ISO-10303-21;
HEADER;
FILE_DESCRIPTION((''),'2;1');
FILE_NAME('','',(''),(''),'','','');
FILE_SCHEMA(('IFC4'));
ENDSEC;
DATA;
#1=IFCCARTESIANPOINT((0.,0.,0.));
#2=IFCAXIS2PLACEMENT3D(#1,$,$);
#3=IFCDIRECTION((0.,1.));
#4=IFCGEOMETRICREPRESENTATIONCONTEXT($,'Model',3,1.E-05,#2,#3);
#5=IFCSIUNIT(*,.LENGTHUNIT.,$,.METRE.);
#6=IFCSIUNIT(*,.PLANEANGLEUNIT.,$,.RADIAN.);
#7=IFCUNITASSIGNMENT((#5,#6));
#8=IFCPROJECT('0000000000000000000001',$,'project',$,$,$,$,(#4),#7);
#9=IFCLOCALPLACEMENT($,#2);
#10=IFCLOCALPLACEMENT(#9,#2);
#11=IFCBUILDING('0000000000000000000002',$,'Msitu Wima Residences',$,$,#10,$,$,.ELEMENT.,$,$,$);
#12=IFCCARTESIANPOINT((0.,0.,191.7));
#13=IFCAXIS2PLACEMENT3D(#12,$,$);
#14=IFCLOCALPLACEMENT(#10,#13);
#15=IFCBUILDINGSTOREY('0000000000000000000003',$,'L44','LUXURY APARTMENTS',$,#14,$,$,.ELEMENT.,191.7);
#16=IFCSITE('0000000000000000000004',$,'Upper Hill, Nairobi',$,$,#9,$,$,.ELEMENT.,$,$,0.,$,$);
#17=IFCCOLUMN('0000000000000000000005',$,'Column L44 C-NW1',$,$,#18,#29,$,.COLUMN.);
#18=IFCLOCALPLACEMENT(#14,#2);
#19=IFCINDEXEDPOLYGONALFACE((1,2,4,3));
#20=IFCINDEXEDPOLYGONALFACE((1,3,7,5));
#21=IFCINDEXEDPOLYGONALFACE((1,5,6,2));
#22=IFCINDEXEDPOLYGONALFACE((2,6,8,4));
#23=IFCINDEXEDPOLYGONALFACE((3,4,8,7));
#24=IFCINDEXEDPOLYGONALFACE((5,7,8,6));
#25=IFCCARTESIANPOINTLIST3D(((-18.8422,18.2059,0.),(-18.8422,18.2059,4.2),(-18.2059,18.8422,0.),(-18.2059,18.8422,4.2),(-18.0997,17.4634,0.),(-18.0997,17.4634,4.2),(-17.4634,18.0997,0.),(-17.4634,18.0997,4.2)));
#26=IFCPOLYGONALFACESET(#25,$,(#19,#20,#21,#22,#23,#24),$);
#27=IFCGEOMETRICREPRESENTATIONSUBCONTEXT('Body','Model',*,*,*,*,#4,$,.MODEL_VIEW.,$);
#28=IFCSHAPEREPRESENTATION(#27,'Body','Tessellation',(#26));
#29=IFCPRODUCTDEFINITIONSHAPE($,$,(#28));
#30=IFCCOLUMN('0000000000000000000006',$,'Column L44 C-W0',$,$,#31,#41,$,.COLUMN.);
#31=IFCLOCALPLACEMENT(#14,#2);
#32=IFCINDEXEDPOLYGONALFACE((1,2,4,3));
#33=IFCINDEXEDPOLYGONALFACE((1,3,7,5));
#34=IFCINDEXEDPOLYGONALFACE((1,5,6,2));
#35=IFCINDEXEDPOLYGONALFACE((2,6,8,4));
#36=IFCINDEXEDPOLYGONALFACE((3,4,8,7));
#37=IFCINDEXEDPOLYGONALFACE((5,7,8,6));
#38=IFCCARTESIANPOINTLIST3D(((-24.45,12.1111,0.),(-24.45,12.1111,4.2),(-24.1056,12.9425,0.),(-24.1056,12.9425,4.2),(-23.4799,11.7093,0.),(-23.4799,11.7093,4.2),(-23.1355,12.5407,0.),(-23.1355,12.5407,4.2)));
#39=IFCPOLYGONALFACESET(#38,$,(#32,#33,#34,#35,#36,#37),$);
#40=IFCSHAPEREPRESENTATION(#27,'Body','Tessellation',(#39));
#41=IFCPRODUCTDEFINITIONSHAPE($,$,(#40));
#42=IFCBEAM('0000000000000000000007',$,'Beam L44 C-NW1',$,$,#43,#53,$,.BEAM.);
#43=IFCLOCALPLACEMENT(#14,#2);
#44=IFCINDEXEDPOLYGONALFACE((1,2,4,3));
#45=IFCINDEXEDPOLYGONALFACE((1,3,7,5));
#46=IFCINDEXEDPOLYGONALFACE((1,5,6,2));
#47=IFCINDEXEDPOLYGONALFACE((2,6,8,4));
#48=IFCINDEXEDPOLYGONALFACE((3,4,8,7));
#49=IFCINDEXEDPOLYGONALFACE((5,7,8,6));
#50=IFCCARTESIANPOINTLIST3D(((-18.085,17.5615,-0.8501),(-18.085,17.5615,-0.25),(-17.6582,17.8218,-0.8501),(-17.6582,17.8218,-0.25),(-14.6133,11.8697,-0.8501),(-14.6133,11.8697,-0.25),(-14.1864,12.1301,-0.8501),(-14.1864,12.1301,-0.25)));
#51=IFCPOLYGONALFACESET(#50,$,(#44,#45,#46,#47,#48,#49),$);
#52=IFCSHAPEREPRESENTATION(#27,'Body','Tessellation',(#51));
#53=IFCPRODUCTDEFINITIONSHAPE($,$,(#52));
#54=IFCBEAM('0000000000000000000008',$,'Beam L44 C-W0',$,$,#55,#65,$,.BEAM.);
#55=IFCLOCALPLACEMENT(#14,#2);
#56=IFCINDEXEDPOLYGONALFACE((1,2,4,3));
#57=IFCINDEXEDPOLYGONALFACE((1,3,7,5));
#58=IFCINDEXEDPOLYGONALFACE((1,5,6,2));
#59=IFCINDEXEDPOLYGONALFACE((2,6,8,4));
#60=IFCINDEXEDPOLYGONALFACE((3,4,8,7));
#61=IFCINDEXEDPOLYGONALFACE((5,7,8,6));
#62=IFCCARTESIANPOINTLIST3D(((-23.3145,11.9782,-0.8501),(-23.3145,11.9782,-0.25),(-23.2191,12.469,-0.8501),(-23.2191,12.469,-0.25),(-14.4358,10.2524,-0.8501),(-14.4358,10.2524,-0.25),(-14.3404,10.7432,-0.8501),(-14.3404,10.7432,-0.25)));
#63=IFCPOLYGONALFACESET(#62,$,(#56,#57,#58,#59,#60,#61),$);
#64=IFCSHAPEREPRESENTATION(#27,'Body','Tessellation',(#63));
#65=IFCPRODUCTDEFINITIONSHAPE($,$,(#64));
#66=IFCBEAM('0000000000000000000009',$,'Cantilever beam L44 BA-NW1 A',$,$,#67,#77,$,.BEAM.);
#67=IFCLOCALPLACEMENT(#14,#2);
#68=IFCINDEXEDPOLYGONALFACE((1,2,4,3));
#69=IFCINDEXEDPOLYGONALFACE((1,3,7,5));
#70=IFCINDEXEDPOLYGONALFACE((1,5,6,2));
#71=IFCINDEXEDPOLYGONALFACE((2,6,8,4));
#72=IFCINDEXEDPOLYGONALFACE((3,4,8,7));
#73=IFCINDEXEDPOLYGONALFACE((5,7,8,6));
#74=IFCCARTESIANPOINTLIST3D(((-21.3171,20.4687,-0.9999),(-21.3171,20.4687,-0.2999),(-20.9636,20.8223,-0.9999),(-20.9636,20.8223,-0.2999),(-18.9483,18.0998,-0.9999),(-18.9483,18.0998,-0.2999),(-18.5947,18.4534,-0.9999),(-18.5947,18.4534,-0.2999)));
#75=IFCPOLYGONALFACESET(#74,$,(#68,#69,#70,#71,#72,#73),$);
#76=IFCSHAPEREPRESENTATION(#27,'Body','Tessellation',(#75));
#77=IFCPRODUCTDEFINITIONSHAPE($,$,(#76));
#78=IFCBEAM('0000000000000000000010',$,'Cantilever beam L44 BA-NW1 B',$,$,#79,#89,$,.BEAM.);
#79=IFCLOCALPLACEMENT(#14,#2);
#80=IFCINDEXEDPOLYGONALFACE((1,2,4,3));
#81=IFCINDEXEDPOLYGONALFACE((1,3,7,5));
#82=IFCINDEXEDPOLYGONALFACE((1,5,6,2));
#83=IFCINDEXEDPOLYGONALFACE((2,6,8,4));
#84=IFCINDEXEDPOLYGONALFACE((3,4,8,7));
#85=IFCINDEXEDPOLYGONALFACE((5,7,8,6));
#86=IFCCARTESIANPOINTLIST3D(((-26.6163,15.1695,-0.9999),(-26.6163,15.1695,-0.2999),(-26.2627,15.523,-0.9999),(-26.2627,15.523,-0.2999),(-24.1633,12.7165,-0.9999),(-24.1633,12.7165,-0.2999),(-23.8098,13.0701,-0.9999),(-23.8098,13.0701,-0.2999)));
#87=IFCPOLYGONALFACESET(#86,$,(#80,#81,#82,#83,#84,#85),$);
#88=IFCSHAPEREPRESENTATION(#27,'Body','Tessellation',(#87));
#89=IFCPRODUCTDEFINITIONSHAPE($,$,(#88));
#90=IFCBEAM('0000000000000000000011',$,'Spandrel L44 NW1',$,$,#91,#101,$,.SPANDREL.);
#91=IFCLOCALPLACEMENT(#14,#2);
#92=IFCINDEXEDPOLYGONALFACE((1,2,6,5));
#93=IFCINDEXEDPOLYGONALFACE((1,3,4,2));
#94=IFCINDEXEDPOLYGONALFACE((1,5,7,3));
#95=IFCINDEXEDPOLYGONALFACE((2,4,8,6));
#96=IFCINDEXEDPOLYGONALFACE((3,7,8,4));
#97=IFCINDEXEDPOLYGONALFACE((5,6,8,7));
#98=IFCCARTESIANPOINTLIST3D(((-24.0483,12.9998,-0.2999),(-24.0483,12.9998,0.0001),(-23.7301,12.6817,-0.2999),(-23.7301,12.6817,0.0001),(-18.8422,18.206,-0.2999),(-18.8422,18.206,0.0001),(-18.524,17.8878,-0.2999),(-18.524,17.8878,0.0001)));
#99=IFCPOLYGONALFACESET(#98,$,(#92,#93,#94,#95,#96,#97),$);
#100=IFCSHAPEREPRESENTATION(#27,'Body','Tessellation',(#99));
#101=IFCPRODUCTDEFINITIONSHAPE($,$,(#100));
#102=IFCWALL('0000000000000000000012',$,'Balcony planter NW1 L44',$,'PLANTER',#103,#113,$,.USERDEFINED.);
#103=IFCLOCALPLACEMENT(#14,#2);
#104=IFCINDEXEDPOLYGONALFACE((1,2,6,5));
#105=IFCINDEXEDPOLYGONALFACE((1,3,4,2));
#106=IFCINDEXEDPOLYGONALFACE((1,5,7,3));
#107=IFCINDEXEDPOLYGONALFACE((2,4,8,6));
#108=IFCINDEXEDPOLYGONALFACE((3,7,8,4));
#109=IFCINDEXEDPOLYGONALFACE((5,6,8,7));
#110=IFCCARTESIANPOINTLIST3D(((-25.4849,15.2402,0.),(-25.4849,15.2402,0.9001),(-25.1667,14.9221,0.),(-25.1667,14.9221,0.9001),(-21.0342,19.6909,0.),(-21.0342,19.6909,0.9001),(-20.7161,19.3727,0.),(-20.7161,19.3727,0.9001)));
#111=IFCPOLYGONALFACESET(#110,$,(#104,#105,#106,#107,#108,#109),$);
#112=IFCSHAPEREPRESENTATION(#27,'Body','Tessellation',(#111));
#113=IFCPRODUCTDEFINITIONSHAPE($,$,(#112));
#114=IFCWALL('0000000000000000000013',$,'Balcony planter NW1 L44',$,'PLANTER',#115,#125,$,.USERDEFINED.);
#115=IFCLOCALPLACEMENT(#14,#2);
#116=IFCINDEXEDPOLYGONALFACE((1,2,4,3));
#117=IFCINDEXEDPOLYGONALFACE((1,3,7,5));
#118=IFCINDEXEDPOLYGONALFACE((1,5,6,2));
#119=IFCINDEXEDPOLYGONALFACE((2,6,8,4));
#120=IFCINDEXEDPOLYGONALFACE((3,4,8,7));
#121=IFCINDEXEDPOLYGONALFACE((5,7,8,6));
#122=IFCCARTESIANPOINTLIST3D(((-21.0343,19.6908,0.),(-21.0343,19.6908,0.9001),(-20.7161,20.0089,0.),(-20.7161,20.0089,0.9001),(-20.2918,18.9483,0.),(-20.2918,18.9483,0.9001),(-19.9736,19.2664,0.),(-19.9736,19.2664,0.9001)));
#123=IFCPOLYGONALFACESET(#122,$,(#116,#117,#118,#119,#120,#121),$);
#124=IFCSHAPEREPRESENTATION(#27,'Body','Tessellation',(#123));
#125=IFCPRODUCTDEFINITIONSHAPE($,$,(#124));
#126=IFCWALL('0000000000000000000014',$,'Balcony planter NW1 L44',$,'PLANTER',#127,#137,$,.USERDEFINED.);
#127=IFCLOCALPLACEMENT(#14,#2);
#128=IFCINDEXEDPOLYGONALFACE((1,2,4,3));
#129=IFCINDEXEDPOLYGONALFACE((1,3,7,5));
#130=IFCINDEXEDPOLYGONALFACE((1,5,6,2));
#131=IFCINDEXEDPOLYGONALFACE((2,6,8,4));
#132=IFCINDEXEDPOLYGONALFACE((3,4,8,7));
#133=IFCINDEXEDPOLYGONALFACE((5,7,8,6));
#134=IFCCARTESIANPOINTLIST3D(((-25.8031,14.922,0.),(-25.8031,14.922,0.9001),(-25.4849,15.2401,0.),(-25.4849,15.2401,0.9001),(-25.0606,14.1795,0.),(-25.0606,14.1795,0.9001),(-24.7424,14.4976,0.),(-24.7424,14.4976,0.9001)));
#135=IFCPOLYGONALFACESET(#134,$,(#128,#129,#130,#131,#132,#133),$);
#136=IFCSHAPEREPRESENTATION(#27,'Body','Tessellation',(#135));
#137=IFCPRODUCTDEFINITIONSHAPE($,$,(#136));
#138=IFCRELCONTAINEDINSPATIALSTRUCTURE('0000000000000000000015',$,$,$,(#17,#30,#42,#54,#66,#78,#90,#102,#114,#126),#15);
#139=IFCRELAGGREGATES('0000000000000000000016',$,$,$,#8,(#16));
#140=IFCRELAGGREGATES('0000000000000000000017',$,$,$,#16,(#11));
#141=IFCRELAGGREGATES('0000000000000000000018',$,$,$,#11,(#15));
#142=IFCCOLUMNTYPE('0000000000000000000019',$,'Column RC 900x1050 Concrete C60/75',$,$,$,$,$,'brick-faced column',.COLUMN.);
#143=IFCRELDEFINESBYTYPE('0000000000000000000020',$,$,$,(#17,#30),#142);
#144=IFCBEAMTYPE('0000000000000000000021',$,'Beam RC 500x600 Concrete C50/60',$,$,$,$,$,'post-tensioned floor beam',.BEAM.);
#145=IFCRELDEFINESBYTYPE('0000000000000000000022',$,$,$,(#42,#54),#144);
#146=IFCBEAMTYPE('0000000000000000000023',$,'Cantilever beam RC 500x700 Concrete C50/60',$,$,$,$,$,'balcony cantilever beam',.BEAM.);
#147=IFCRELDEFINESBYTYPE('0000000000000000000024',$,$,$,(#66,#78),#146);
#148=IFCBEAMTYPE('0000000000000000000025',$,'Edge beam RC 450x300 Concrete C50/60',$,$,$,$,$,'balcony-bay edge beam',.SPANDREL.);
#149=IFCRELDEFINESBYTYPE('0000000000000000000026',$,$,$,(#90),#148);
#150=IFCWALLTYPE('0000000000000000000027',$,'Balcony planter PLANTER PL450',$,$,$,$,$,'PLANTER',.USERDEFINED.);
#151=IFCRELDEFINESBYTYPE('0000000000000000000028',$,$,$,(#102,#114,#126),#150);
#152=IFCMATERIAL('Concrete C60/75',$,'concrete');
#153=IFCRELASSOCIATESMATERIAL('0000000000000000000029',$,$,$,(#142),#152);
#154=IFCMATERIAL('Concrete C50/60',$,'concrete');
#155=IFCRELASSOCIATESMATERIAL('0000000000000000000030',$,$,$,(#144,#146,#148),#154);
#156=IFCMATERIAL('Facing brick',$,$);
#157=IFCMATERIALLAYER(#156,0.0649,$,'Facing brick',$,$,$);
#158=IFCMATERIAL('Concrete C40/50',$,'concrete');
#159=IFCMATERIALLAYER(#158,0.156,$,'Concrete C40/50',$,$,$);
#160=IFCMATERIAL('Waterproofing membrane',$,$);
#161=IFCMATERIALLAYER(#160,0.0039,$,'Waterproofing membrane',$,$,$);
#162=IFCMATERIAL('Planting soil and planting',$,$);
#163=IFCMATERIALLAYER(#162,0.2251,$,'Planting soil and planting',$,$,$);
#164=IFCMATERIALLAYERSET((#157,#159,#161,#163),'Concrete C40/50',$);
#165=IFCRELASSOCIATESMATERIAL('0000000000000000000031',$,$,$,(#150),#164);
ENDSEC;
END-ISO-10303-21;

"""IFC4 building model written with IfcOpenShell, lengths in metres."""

from ifc_helpers import new_model, si_unit, direction, frame, frame_2d, origin, origin_2d, place, context, subcontext, project, spatial, rectangle, extrude, material, layer, layer_set, material_profile, profile_set, type_object, element, save


model = new_model("IFC4")

# Units and contexts
model_context = context("Model", 3, precision=1e-05, world=origin(), true_north=direction((0.0, 1.0)))
body_context = subcontext(model_context, "Body", "Model", "MODEL_VIEW")
ifc_project = project(units=[si_unit("LENGTHUNIT", "METRE"), si_unit("PLANEANGLEUNIT", "RADIAN")], contexts=[model_context])

# Site, building, storey
site_placement = place(None, origin())
site = spatial("IfcSite", under=ifc_project, at=site_placement, Name="Upper Hill, Nairobi", CompositionType="ELEMENT", RefElevation=0.0)
building_placement = place(site_placement, origin())
building = spatial("IfcBuilding", under=site, at=building_placement, Name="Msitu Wima Residences", CompositionType="ELEMENT")
storey_placement = place(building_placement, frame((0.0, 0.0, 191.7)))
storey = spatial("IfcBuildingStorey", under=building, at=storey_placement, Name="L44", Description="LUXURY APARTMENTS", CompositionType="ELEMENT", Elevation=191.7)

# Columns
ifc_material_1 = material(Name="Concrete C60/75", Category="concrete")
ifc_material_profile_1 = material_profile(ifc_material_1, rectangle(XDim=0.8999, YDim=1.05, at=origin_2d()), Name="RC 900x1050")
ifc_profile_set_1 = profile_set([ifc_material_profile_1], Name="Concrete C60/75")
column_type = type_object("IfcColumnType", Name="Column RC 900x1050 Concrete C60/75", ElementType="brick-faced column", PredefinedType="COLUMN", material=ifc_profile_set_1)
for number, where, z_axis, x_axis, name in (
    (1, (-18.1528, 18.1528, 0.0), (0.0, 0.0, 1.0), (-0.707107, -0.707107, 0.0), "Column L44 C-NW1"),
    (2, (-23.7927, 12.3259, 0.0), (0.0, 0.0, 1.0), (-0.382683, -0.92388, 0.0), "Column L44 C-W0"),
):
    element("IfcColumn", number, at=place(storey_placement, frame(where, z_axis=z_axis, x_axis=x_axis)), inside=storey, type_object=column_type, Name=name, PredefinedType="COLUMN", context=body_context, shape_type="SweptSolid", body=[
        extrude(rectangle(XDim=0.8999, YDim=1.05, at=origin_2d()), origin(), (0.0, 0.0, 1.0), 4.2),
    ])

# Beams
ifc_material_2 = material(Name="Concrete C50/60", Category="concrete")
ifc_material_profile_2 = material_profile(ifc_material_2, rectangle(XDim=0.5, YDim=0.6001, at=origin_2d()), Name="RC 500x600")
ifc_profile_set_2 = profile_set([ifc_material_profile_2], Name="Concrete C50/60")
beam_type_1 = type_object("IfcBeamType", Name="Beam RC 500x600 Concrete C50/60", ElementType="post-tensioned floor beam", PredefinedType="BEAM", material=ifc_profile_set_2)
beam_1_placement = place(storey_placement, frame((-17.8716, 17.6917, -0.55), z_axis=(0.520734, -0.853719, 0.0), x_axis=(0.853719, 0.520734, 0.0)))
element("IfcBeam", 3, at=beam_1_placement, inside=storey, type_object=beam_type_1, Name="Beam L44 C-NW1", PredefinedType="BEAM", context=body_context, shape_type="SweptSolid", body=[
    extrude(rectangle(XDim=0.5, YDim=0.6001, at=origin_2d()), origin(), (0.0, 0.0, 1.0), 6.667),
])
beam_2_placement = place(storey_placement, frame((-23.2668, 12.2236, -0.55), z_axis=(0.981627, -0.190808, 0.0), x_axis=(0.190808, 0.981627, 0.0)))
element("IfcBeam", 4, at=beam_2_placement, inside=storey, type_object=beam_type_1, Name="Beam L44 C-W0", PredefinedType="BEAM", context=body_context, shape_type="SweptSolid", body=[
    extrude(rectangle(XDim=0.5, YDim=0.6001, at=origin_2d()), origin(), (0.0, 0.0, 1.0), 9.0449),
])
ifc_material_profile_3 = material_profile(ifc_material_2, rectangle(XDim=0.5, YDim=0.7, at=origin_2d()), Name="RC 500x700")
ifc_profile_set_3 = profile_set([ifc_material_profile_3], Name="Concrete C50/60")
beam_type_2 = type_object("IfcBeamType", Name="Cantilever beam RC 500x700 Concrete C50/60", ElementType="balcony cantilever beam", PredefinedType="BEAM", material=ifc_profile_set_3)
beam_3_placement = place(storey_placement, frame((-18.7715, 18.2766, -0.6499), z_axis=(-0.707107, 0.707107, 0.0), x_axis=(-0.707107, -0.707107, 0.0)))
element("IfcBeam", 5, at=beam_3_placement, inside=storey, type_object=beam_type_2, Name="Cantilever beam L44 BA-NW1 A", PredefinedType="BEAM", context=body_context, shape_type="SweptSolid", body=[
    extrude(rectangle(XDim=0.5, YDim=0.7, at=origin_2d()), origin(), (0.0, 0.0, 1.0), 3.3501),
])
beam_4_placement = place(storey_placement, frame((-23.9866, 12.8933, -0.6499), z_axis=(-0.707107, 0.707107, 0.0), x_axis=(-0.707107, -0.707107, 0.0)))
element("IfcBeam", 6, at=beam_4_placement, inside=storey, type_object=beam_type_2, Name="Cantilever beam L44 BA-NW1 B", PredefinedType="BEAM", context=body_context, shape_type="SweptSolid", body=[
    extrude(rectangle(XDim=0.5, YDim=0.7, at=origin_2d()), origin(), (0.0, 0.0, 1.0), 3.469),
])
ifc_material_profile_4 = material_profile(ifc_material_2, rectangle(XDim=0.45, YDim=0.3, at=origin_2d()), Name="RC 450x300")
ifc_profile_set_4 = profile_set([ifc_material_profile_4], Name="Concrete C50/60")
beam_type_3 = type_object("IfcBeamType", Name="Edge beam RC 450x300 Concrete C50/60", ElementType="balcony-bay edge beam", PredefinedType="SPANDREL", material=ifc_profile_set_4)
beam_5_placement = place(storey_placement, frame((-18.6831, 18.0469, -0.1499), z_axis=(-0.707107, -0.707107, 0.0), x_axis=(0.707107, -0.707107, 0.0)))
element("IfcBeam", 7, at=beam_5_placement, inside=storey, type_object=beam_type_3, Name="Spandrel L44 NW1", PredefinedType="SPANDREL", context=body_context, shape_type="SweptSolid", body=[
    extrude(rectangle(XDim=0.45, YDim=0.3, at=origin_2d()), origin(), (0.0, 0.0, 1.0), 7.3625),
])

# Walls
ifc_material_3 = material(Name="Facing brick")
ifc_layer_1 = layer(ifc_material_3, 0.0649, Name="Facing brick")
ifc_material_4 = material(Name="Concrete C40/50", Category="concrete")
ifc_layer_2 = layer(ifc_material_4, 0.156, Name="Concrete C40/50")
ifc_material_5 = material(Name="Waterproofing membrane")
ifc_layer_3 = layer(ifc_material_5, 0.0039, Name="Waterproofing membrane")
ifc_material_6 = material(Name="Planting soil and planting")
ifc_layer_4 = layer(ifc_material_6, 0.2251, Name="Planting soil and planting")
ifc_layer_set_1 = layer_set([ifc_layer_1, ifc_layer_2, ifc_layer_3, ifc_layer_4], Name="Concrete C40/50")
wall_type_1 = type_object("IfcWallType", Name="Balcony planter PLANTER PL450", ElementType="PLANTER", PredefinedType="USERDEFINED", material=ifc_layer_set_1)
wall_1_placement = place(storey_placement, frame((-20.8752, 19.5317, 0.0), z_axis=(0.0, 0.0, 1.0), x_axis=(-0.707107, -0.707107, 0.0)))
element("IfcWall", 8, at=wall_1_placement, inside=storey, type_object=wall_type_1, Name="Balcony planter NW1 L44", ObjectType="PLANTER", PredefinedType="USERDEFINED", context=body_context, shape_type="SweptSolid", body=[
    extrude(rectangle(XDim=6.2942, YDim=0.45, at=frame_2d((3.147, 0.0))), origin(), (0.0, 0.0, 1.0), 0.9001),
])
for number, where, z_axis, x_axis, name in (
    (9, (-20.1328, 19.1074, 0.0), (0.0, 0.0, 1.0), (-0.707107, 0.707107, 0.0), "Balcony planter NW1 L44"),
    (10, (-24.9016, 14.3386, 0.0), (0.0, 0.0, 1.0), (-0.707107, 0.707107, 0.0), "Balcony planter NW1 L44"),
):
    element("IfcWall", number, at=place(storey_placement, frame(where, z_axis=z_axis, x_axis=x_axis)), inside=storey, type_object=wall_type_1, Name=name, ObjectType="PLANTER", PredefinedType="USERDEFINED", context=body_context, shape_type="SweptSolid", body=[
        extrude(rectangle(XDim=1.05, YDim=0.45, at=frame_2d((0.5249, 0.0))), origin(), (0.0, 0.0, 1.0), 0.9001),
    ])

save(model, "model.ifc")
